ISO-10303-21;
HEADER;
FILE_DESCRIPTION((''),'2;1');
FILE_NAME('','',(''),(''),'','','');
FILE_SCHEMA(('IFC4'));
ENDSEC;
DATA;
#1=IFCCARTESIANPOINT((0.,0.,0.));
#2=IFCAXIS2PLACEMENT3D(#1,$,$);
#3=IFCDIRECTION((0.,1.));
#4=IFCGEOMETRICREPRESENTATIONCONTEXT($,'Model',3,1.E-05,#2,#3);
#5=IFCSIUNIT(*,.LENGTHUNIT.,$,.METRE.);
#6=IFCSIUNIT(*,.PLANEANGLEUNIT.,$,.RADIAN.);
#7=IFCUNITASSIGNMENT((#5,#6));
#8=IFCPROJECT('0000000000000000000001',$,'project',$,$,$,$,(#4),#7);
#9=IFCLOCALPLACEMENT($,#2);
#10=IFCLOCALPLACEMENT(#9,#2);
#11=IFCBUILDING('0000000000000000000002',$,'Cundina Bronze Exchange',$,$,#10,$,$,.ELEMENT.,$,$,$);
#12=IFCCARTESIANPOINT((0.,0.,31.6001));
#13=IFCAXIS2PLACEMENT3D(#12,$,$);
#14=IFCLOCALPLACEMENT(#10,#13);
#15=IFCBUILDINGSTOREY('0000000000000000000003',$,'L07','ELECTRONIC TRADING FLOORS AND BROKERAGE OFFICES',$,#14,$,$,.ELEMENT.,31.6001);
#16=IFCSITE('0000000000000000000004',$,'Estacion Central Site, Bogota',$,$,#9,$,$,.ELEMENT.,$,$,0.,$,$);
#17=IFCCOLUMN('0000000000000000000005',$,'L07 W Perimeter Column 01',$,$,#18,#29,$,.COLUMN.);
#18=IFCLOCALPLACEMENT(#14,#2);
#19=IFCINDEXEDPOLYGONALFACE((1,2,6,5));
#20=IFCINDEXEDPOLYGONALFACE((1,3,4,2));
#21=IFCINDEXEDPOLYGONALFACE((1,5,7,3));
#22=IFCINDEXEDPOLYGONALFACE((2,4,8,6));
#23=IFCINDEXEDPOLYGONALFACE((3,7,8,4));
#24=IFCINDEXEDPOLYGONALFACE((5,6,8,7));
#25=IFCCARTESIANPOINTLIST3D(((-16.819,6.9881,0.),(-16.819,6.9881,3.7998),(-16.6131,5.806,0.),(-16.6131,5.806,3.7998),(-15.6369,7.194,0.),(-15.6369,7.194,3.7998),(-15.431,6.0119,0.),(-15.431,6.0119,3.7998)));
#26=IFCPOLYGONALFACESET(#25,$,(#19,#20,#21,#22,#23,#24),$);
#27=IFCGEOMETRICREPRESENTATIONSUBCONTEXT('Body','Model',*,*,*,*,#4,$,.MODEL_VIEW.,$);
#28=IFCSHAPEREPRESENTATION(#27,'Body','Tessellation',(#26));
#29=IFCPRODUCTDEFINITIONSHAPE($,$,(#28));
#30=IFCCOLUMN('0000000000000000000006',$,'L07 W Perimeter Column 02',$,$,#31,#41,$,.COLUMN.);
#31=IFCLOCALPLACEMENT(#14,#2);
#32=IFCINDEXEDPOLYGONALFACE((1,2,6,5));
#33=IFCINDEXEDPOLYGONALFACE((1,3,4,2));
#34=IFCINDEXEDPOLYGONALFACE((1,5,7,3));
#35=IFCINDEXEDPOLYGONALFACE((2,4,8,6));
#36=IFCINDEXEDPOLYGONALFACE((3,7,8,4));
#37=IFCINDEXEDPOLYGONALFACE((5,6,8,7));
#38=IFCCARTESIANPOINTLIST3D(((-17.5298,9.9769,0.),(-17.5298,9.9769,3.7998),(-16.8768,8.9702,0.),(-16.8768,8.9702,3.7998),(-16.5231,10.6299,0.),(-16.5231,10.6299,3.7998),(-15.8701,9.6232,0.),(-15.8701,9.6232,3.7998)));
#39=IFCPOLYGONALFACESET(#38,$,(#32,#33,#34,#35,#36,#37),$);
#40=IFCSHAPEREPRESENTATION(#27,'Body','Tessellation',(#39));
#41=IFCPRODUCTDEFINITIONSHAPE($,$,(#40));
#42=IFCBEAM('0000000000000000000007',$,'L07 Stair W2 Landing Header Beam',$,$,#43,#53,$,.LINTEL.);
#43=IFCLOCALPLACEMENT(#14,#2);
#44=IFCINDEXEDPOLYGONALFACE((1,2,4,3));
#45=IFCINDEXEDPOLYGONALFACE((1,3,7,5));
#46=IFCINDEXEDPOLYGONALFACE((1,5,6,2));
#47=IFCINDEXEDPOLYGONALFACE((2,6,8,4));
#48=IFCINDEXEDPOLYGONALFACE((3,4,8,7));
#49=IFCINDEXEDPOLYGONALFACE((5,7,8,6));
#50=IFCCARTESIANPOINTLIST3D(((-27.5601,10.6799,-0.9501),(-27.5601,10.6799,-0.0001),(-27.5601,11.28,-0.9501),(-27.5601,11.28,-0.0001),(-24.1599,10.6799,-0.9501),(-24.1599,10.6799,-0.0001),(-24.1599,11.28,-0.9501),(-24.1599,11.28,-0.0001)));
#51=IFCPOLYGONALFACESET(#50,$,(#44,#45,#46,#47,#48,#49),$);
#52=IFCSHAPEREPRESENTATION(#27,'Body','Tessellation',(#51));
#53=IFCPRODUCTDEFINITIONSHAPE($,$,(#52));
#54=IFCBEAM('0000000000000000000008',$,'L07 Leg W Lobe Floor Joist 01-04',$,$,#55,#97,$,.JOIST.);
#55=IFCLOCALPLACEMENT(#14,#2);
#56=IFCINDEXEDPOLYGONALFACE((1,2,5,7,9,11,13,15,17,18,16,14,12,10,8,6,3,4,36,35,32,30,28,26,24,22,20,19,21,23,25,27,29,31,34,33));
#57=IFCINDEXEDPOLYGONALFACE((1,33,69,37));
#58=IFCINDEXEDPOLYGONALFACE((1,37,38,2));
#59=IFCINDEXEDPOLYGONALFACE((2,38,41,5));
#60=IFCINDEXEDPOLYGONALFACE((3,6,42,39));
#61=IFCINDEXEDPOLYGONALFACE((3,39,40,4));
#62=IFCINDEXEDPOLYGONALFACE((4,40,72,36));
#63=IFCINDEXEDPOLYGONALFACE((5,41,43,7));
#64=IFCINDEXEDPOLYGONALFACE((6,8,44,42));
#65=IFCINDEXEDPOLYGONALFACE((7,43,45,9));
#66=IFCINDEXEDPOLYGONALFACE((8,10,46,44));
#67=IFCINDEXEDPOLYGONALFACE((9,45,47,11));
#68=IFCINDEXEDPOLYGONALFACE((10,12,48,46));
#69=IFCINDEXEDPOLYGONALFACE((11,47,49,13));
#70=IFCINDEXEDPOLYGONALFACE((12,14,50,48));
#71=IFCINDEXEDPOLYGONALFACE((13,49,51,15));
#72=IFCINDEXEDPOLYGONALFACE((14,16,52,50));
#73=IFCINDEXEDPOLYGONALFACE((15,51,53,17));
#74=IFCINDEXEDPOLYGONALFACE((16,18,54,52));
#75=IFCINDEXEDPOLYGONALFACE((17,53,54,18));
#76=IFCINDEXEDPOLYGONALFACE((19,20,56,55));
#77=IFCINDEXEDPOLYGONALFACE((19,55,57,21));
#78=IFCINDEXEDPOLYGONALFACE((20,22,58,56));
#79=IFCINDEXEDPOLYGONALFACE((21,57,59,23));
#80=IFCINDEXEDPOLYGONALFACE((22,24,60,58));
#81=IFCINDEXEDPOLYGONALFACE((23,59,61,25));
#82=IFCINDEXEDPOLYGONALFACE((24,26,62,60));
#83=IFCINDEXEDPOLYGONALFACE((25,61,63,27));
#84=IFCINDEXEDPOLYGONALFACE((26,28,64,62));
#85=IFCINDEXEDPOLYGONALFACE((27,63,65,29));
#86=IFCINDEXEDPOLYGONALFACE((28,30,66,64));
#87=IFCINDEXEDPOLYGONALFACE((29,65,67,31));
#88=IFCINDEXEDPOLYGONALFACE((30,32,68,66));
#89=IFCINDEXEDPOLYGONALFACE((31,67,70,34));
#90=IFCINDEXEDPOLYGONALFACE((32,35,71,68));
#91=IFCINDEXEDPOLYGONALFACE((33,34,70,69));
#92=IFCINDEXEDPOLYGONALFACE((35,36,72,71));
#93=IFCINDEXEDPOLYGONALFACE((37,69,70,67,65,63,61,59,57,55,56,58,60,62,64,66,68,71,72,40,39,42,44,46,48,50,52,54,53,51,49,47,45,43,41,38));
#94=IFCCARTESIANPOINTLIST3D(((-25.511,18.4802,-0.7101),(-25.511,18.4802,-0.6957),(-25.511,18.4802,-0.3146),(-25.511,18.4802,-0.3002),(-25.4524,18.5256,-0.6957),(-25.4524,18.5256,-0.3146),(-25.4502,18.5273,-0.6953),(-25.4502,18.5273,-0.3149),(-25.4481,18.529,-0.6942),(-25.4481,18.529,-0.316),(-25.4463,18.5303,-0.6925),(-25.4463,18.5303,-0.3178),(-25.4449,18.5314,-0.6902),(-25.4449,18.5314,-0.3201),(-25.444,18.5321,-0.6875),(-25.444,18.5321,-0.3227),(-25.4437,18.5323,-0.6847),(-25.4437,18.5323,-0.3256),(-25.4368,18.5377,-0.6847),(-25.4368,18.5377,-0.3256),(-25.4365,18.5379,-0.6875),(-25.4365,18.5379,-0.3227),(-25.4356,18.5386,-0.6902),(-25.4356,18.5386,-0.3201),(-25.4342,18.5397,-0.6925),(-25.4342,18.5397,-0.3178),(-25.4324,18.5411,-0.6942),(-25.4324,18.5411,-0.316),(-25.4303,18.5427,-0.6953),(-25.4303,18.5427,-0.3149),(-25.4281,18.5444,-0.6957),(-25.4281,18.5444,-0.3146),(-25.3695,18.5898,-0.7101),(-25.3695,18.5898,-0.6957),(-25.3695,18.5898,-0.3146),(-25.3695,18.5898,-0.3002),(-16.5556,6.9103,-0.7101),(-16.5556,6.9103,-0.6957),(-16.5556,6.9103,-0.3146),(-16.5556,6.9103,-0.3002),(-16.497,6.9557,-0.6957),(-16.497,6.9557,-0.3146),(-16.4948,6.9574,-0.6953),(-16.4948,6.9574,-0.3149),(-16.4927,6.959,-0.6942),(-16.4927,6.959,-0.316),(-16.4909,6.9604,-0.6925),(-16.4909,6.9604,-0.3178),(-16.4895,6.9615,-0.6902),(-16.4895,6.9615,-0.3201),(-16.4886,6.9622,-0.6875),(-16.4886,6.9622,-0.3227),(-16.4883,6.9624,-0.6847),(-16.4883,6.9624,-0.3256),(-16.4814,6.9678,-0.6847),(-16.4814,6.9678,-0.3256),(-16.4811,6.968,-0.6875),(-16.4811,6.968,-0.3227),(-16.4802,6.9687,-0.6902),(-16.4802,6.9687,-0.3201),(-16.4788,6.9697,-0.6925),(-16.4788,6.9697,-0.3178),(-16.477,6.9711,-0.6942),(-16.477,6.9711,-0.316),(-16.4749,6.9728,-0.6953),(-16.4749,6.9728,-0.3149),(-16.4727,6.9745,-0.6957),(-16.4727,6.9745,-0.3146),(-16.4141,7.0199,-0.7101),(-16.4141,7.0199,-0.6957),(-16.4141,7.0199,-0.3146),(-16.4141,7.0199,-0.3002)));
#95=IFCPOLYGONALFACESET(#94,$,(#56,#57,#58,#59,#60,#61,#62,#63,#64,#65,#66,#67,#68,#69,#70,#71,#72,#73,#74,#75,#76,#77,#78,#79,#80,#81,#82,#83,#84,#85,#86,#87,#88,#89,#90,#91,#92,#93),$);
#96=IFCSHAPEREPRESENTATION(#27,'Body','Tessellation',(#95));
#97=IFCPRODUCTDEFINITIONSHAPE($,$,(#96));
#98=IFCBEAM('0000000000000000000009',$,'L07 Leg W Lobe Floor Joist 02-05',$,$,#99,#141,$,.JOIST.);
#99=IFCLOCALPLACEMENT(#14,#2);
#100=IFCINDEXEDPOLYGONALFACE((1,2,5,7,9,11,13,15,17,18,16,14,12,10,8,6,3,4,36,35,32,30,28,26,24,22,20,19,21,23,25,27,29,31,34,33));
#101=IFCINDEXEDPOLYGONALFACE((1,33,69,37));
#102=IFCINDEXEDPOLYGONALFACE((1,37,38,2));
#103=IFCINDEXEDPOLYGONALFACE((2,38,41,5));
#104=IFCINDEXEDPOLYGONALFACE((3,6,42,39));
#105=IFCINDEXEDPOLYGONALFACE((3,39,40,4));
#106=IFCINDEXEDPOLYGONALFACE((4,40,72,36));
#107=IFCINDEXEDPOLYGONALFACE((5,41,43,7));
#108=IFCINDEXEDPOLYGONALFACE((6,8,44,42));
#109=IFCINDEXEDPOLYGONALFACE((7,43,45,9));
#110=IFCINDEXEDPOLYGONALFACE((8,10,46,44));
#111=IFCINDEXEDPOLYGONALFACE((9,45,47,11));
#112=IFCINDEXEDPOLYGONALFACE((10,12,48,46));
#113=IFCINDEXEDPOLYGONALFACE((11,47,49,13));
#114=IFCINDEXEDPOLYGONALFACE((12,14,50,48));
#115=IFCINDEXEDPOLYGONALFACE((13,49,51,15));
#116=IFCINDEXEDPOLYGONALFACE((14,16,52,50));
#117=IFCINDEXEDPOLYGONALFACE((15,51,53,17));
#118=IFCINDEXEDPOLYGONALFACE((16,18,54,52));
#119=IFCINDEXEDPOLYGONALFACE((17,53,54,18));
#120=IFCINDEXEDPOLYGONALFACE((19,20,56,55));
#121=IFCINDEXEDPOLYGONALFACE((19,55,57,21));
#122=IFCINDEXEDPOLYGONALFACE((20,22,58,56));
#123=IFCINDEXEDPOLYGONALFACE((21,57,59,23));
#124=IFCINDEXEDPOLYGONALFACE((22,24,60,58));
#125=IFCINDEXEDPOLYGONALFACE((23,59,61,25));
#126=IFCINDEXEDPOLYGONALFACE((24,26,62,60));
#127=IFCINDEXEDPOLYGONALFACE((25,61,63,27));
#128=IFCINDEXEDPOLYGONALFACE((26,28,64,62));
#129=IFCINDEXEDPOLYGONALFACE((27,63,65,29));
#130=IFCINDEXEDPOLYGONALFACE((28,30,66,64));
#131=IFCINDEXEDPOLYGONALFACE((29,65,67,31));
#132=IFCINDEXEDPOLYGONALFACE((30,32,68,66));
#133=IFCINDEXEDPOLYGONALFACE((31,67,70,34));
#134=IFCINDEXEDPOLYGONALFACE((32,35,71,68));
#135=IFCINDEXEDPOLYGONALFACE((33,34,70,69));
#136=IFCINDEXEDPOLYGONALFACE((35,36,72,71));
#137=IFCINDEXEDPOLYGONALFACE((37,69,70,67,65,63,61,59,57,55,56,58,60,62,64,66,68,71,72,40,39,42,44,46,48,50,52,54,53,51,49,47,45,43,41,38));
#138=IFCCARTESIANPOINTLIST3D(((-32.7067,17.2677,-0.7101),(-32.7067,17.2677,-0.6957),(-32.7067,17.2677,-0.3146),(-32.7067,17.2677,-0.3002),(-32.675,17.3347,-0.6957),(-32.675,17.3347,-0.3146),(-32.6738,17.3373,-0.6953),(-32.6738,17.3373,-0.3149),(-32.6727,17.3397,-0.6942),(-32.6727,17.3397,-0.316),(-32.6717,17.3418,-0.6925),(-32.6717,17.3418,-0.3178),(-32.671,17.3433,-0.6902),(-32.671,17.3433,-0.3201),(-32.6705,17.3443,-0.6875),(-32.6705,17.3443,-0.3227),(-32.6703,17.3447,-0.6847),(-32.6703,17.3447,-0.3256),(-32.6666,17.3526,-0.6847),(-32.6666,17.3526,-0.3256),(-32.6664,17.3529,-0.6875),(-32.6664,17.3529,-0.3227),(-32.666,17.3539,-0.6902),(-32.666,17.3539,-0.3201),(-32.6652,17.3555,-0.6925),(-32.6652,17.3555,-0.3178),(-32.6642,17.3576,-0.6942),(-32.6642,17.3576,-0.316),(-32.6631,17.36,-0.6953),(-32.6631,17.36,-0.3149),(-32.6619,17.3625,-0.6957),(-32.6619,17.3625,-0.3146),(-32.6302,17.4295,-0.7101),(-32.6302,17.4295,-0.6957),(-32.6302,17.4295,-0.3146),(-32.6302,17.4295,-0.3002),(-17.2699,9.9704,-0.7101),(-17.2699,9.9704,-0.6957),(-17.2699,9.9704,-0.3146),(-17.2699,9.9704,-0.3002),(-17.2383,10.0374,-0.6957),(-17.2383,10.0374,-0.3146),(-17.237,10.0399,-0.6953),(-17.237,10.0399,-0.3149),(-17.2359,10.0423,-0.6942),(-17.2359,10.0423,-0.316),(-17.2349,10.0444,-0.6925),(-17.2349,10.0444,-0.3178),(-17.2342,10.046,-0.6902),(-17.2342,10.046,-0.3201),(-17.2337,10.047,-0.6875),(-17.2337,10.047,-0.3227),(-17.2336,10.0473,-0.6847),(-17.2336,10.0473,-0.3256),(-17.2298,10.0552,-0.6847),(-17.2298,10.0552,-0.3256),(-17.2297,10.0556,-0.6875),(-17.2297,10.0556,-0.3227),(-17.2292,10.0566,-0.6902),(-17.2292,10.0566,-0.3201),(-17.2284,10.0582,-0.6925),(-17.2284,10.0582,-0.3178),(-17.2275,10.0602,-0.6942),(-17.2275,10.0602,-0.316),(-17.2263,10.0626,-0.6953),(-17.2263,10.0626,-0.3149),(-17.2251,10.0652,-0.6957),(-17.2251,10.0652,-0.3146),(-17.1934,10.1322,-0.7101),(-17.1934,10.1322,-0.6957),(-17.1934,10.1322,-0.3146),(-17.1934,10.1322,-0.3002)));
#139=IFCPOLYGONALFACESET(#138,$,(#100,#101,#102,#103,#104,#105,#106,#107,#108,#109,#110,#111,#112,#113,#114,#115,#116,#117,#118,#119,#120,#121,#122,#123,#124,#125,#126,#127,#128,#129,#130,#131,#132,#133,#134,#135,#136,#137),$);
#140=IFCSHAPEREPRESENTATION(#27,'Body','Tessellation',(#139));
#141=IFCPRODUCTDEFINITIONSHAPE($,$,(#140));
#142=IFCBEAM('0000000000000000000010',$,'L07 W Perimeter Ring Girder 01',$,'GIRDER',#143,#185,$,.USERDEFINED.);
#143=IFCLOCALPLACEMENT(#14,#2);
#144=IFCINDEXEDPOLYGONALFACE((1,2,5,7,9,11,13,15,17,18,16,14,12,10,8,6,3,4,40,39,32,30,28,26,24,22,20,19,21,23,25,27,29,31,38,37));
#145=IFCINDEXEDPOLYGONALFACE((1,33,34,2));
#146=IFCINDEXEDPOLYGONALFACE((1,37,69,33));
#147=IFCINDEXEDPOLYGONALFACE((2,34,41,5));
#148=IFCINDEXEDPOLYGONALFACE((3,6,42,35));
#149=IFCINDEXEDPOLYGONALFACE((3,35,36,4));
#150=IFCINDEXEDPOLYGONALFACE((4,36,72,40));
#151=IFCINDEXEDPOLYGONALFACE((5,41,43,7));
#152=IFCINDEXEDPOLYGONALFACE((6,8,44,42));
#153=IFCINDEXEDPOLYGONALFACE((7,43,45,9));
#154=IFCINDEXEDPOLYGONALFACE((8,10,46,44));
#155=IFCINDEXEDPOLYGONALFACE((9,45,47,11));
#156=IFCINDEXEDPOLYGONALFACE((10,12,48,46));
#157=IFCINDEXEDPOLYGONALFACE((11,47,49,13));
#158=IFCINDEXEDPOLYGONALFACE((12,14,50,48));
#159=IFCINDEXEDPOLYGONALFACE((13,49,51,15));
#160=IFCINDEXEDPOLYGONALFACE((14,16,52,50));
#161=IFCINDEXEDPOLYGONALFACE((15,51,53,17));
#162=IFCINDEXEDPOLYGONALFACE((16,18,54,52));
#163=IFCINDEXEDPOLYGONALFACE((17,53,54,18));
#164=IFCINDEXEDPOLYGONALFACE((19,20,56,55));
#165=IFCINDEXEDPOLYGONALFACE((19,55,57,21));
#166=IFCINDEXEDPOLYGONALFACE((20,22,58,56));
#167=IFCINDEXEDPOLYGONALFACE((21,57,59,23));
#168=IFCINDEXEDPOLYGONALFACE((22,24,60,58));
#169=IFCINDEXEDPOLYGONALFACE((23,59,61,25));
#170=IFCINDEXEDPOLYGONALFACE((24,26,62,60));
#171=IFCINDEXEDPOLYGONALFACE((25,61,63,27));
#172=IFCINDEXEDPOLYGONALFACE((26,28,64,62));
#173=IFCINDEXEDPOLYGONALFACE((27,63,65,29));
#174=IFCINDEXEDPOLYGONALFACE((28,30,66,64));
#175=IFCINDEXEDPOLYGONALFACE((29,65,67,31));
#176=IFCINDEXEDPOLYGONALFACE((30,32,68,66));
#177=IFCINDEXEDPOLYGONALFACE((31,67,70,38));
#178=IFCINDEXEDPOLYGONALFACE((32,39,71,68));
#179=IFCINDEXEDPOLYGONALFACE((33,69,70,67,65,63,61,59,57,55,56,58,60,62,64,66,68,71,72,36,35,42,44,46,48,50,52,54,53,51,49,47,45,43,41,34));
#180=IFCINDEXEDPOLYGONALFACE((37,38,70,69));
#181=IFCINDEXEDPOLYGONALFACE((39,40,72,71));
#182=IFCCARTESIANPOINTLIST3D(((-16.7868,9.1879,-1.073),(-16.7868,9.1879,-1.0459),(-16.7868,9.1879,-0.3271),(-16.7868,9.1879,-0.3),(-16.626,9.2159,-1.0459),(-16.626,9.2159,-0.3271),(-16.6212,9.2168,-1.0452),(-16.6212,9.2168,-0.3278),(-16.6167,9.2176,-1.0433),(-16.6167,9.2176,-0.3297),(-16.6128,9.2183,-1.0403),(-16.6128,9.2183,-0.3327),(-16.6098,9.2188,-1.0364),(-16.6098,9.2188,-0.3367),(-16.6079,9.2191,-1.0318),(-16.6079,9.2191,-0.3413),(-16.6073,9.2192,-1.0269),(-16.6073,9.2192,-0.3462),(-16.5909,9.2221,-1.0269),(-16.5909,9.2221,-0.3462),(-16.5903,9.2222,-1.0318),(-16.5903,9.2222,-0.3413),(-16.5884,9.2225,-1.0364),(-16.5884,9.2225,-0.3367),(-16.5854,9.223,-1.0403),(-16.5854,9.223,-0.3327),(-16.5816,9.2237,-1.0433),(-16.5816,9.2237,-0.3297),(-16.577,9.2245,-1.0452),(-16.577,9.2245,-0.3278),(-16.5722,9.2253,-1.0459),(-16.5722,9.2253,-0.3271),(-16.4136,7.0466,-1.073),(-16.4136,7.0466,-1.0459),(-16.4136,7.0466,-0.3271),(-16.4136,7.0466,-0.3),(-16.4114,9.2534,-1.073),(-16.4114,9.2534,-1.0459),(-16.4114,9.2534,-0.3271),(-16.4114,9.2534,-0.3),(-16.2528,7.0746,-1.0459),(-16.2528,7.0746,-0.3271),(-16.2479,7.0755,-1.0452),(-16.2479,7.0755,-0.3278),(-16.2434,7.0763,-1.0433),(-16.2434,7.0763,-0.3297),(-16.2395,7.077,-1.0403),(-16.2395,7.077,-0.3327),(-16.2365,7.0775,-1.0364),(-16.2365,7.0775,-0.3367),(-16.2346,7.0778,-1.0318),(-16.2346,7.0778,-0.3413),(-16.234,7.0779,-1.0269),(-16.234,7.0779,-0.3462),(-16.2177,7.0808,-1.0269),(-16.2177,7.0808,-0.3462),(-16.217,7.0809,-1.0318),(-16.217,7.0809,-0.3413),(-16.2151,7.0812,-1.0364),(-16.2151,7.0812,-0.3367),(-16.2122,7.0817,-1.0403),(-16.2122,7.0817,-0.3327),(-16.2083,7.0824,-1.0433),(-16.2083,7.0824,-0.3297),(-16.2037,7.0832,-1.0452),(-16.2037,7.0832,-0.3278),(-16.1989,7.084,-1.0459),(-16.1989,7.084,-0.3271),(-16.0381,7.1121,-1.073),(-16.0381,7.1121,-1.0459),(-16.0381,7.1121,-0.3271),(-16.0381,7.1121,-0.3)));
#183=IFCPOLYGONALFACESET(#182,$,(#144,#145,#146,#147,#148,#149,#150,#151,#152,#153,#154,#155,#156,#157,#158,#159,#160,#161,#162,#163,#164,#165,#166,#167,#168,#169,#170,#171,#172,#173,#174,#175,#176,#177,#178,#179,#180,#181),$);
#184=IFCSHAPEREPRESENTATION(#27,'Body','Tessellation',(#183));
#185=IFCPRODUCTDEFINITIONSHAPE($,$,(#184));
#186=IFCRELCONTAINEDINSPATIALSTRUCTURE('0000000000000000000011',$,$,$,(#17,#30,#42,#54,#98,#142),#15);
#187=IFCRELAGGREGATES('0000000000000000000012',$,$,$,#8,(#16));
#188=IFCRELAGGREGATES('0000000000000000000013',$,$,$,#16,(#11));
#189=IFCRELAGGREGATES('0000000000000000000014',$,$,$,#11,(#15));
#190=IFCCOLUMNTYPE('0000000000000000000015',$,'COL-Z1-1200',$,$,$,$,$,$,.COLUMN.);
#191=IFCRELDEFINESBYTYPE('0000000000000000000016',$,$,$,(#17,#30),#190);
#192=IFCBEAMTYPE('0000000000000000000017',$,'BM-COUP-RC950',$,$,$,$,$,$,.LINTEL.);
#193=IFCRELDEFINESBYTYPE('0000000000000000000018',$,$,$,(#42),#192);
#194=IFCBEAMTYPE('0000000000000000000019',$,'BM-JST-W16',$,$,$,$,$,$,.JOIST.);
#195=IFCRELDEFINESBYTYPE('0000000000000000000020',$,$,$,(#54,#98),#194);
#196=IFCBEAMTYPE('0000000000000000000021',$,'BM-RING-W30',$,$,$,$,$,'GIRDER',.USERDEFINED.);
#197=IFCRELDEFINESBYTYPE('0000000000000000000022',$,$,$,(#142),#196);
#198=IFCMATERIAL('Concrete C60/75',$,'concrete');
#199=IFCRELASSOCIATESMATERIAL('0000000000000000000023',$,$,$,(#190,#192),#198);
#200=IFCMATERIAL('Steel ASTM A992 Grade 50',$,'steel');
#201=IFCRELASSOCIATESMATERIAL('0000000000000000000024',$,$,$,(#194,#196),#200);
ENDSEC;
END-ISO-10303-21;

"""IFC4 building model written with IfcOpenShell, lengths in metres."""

from ifc_helpers import new_model, si_unit, direction, frame, origin, origin_2d, place, context, subcontext, project, spatial, rectangle, i_section, extrude, material, material_profile, profile_set, type_object, element, save


model = new_model("IFC4")

# Units and contexts
model_context = context("Model", 3, precision=1e-05, world=origin(), true_north=direction((0.0, 1.0)))
body_context = subcontext(model_context, "Body", "Model", "MODEL_VIEW")
ifc_project = project(units=[si_unit("LENGTHUNIT", "METRE"), si_unit("PLANEANGLEUNIT", "RADIAN")], contexts=[model_context])

# Site, building, storey
site_placement = place(None, origin())
site = spatial("IfcSite", under=ifc_project, at=site_placement, Name="Estacion Central Site, Bogota", CompositionType="ELEMENT", RefElevation=0.0)
building_placement = place(site_placement, origin())
building = spatial("IfcBuilding", under=site, at=building_placement, Name="Cundina Bronze Exchange", CompositionType="ELEMENT")
storey_placement = place(building_placement, frame((0.0, 0.0, 31.6001)))
storey = spatial("IfcBuildingStorey", under=building, at=storey_placement, Name="L07", Description="ELECTRONIC TRADING FLOORS AND BROKERAGE OFFICES", CompositionType="ELEMENT", Elevation=31.6001)

# Columns
ifc_material_1 = material(Name="Concrete C60/75", Category="concrete")
ifc_material_profile_1 = material_profile(ifc_material_1, rectangle(XDim=1.2, YDim=1.2, at=origin_2d()), Name="RC1200X1200", Category="concrete")
ifc_profile_set_1 = profile_set([ifc_material_profile_1], Name="Concrete C60/75")
column_type = type_object("IfcColumnType", Name="COL-Z1-1200", PredefinedType="COLUMN", material=ifc_profile_set_1)
for number, where, z_axis, x_axis, name in (
    (1, (-16.125, 6.5, 0.0), (0.0, 0.0, 1.0), (-0.171585, 0.985169, 0.0), "L07 W Perimeter Column 01"),
    (2, (-16.7, 9.8, 0.0), (0.0, 0.0, 1.0), (-0.5442, 0.838956, 0.0), "L07 W Perimeter Column 02"),
):
    element("IfcColumn", number, at=place(storey_placement, frame(where, z_axis=z_axis, x_axis=x_axis)), inside=storey, type_object=column_type, Name=name, PredefinedType="COLUMN", context=body_context, shape_type="SweptSolid", body=[
        extrude(rectangle(XDim=1.2, YDim=1.2, at=origin_2d()), origin(), (0.0, 0.0, 1.0), 3.7998),
    ])

# Beams
ifc_material_profile_2 = material_profile(ifc_material_1, rectangle(XDim=0.6001, YDim=0.95, at=origin_2d()), Name="RC600X950", Category="concrete")
ifc_profile_set_2 = profile_set([ifc_material_profile_2], Name="Concrete C60/75")
beam_type_1 = type_object("IfcBeamType", Name="BM-COUP-RC950", PredefinedType="LINTEL", material=ifc_profile_set_2)
beam_1_placement = place(storey_placement, frame((-27.5601, 10.98, -0.4751), z_axis=(1.0, 0.0, 0.0), x_axis=(0.0, 1.0, 0.0)))
element("IfcBeam", 3, at=beam_1_placement, inside=storey, type_object=beam_type_1, Name="L07 Stair W2 Landing Header Beam", PredefinedType="LINTEL", context=body_context, shape_type="SweptSolid", body=[
    extrude(rectangle(XDim=0.6001, YDim=0.95, at=origin_2d()), origin(), (0.0, 0.0, 1.0), 3.4001),
])
ifc_material_2 = material(Name="Steel ASTM A992 Grade 50", Category="steel")
ifc_material_profile_3 = material_profile(ifc_material_2, i_section(OverallWidth=0.179, OverallDepth=0.4099, WebThickness=0.0088, FlangeThickness=0.0144, FilletRadius=0.011, at=origin_2d()), Name="W16X45", Category="steel")
ifc_profile_set_3 = profile_set([ifc_material_profile_3], Name="Steel ASTM A992 Grade 50")
beam_type_2 = type_object("IfcBeamType", Name="BM-JST-W16", PredefinedType="JOIST", material=ifc_profile_set_3)
beam_2_placement = place(storey_placement, frame((-16.4849, 6.9651, -0.5051), z_axis=(-0.612089, 0.790789, 0.0), x_axis=(-0.790789, -0.612089, 0.0)))
element("IfcBeam", 4, at=beam_2_placement, inside=storey, type_object=beam_type_2, Name="L07 Leg W Lobe Floor Joist 01-04", PredefinedType="JOIST", context=body_context, shape_type="SweptSolid", body=[
    extrude(i_section(OverallWidth=0.179, OverallDepth=0.4099, WebThickness=0.0088, FlangeThickness=0.0144, FilletRadius=0.011, at=origin_2d()), origin(), (0.0, 0.0, 1.0), 14.6309),
])
beam_3_placement = place(storey_placement, frame((-17.2317, 10.0513, -0.5051), z_axis=(-0.904073, 0.427379, 0.0), x_axis=(-0.427379, -0.904073, 0.0)))
element("IfcBeam", 5, at=beam_3_placement, inside=storey, type_object=beam_type_2, Name="L07 Leg W Lobe Floor Joist 02-05", PredefinedType="JOIST", context=body_context, shape_type="SweptSolid", body=[
    extrude(i_section(OverallWidth=0.179, OverallDepth=0.4099, WebThickness=0.0088, FlangeThickness=0.0144, FilletRadius=0.011, at=origin_2d()), origin(), (0.0, 0.0, 1.0), 17.0747),
])
ifc_material_profile_4 = material_profile(ifc_material_2, i_section(OverallWidth=0.3811, OverallDepth=0.7729, WebThickness=0.0166, FlangeThickness=0.0271, FilletRadius=0.019, at=origin_2d()), Name="W30X173", Category="steel")
ifc_profile_set_4 = profile_set([ifc_material_profile_4], Name="Steel ASTM A992 Grade 50")
beam_type_3 = type_object("IfcBeamType", Name="BM-RING-W30", ElementType="GIRDER", PredefinedType="USERDEFINED", material=ifc_profile_set_4)
beam_4_placement = place(storey_placement, frame((-16.2258, 7.0793, -0.6865), z_axis=(-0.171735, 0.985143, 0.0), x_axis=(-0.985143, -0.171735, 0.0)))
element("IfcBeam", 6, at=beam_4_placement, inside=storey, type_object=beam_type_3, Name="L07 W Perimeter Ring Girder 01", ObjectType="GIRDER", PredefinedType="USERDEFINED", context=body_context, shape_type="SweptSolid", body=[
    extrude(i_section(OverallWidth=0.3811, OverallDepth=0.7729, WebThickness=0.0166, FlangeThickness=0.0271, FilletRadius=0.019, at=origin_2d()), origin(), (0.0, 0.0, 1.0), 2.1736),
])

save(model, "model.ifc")
